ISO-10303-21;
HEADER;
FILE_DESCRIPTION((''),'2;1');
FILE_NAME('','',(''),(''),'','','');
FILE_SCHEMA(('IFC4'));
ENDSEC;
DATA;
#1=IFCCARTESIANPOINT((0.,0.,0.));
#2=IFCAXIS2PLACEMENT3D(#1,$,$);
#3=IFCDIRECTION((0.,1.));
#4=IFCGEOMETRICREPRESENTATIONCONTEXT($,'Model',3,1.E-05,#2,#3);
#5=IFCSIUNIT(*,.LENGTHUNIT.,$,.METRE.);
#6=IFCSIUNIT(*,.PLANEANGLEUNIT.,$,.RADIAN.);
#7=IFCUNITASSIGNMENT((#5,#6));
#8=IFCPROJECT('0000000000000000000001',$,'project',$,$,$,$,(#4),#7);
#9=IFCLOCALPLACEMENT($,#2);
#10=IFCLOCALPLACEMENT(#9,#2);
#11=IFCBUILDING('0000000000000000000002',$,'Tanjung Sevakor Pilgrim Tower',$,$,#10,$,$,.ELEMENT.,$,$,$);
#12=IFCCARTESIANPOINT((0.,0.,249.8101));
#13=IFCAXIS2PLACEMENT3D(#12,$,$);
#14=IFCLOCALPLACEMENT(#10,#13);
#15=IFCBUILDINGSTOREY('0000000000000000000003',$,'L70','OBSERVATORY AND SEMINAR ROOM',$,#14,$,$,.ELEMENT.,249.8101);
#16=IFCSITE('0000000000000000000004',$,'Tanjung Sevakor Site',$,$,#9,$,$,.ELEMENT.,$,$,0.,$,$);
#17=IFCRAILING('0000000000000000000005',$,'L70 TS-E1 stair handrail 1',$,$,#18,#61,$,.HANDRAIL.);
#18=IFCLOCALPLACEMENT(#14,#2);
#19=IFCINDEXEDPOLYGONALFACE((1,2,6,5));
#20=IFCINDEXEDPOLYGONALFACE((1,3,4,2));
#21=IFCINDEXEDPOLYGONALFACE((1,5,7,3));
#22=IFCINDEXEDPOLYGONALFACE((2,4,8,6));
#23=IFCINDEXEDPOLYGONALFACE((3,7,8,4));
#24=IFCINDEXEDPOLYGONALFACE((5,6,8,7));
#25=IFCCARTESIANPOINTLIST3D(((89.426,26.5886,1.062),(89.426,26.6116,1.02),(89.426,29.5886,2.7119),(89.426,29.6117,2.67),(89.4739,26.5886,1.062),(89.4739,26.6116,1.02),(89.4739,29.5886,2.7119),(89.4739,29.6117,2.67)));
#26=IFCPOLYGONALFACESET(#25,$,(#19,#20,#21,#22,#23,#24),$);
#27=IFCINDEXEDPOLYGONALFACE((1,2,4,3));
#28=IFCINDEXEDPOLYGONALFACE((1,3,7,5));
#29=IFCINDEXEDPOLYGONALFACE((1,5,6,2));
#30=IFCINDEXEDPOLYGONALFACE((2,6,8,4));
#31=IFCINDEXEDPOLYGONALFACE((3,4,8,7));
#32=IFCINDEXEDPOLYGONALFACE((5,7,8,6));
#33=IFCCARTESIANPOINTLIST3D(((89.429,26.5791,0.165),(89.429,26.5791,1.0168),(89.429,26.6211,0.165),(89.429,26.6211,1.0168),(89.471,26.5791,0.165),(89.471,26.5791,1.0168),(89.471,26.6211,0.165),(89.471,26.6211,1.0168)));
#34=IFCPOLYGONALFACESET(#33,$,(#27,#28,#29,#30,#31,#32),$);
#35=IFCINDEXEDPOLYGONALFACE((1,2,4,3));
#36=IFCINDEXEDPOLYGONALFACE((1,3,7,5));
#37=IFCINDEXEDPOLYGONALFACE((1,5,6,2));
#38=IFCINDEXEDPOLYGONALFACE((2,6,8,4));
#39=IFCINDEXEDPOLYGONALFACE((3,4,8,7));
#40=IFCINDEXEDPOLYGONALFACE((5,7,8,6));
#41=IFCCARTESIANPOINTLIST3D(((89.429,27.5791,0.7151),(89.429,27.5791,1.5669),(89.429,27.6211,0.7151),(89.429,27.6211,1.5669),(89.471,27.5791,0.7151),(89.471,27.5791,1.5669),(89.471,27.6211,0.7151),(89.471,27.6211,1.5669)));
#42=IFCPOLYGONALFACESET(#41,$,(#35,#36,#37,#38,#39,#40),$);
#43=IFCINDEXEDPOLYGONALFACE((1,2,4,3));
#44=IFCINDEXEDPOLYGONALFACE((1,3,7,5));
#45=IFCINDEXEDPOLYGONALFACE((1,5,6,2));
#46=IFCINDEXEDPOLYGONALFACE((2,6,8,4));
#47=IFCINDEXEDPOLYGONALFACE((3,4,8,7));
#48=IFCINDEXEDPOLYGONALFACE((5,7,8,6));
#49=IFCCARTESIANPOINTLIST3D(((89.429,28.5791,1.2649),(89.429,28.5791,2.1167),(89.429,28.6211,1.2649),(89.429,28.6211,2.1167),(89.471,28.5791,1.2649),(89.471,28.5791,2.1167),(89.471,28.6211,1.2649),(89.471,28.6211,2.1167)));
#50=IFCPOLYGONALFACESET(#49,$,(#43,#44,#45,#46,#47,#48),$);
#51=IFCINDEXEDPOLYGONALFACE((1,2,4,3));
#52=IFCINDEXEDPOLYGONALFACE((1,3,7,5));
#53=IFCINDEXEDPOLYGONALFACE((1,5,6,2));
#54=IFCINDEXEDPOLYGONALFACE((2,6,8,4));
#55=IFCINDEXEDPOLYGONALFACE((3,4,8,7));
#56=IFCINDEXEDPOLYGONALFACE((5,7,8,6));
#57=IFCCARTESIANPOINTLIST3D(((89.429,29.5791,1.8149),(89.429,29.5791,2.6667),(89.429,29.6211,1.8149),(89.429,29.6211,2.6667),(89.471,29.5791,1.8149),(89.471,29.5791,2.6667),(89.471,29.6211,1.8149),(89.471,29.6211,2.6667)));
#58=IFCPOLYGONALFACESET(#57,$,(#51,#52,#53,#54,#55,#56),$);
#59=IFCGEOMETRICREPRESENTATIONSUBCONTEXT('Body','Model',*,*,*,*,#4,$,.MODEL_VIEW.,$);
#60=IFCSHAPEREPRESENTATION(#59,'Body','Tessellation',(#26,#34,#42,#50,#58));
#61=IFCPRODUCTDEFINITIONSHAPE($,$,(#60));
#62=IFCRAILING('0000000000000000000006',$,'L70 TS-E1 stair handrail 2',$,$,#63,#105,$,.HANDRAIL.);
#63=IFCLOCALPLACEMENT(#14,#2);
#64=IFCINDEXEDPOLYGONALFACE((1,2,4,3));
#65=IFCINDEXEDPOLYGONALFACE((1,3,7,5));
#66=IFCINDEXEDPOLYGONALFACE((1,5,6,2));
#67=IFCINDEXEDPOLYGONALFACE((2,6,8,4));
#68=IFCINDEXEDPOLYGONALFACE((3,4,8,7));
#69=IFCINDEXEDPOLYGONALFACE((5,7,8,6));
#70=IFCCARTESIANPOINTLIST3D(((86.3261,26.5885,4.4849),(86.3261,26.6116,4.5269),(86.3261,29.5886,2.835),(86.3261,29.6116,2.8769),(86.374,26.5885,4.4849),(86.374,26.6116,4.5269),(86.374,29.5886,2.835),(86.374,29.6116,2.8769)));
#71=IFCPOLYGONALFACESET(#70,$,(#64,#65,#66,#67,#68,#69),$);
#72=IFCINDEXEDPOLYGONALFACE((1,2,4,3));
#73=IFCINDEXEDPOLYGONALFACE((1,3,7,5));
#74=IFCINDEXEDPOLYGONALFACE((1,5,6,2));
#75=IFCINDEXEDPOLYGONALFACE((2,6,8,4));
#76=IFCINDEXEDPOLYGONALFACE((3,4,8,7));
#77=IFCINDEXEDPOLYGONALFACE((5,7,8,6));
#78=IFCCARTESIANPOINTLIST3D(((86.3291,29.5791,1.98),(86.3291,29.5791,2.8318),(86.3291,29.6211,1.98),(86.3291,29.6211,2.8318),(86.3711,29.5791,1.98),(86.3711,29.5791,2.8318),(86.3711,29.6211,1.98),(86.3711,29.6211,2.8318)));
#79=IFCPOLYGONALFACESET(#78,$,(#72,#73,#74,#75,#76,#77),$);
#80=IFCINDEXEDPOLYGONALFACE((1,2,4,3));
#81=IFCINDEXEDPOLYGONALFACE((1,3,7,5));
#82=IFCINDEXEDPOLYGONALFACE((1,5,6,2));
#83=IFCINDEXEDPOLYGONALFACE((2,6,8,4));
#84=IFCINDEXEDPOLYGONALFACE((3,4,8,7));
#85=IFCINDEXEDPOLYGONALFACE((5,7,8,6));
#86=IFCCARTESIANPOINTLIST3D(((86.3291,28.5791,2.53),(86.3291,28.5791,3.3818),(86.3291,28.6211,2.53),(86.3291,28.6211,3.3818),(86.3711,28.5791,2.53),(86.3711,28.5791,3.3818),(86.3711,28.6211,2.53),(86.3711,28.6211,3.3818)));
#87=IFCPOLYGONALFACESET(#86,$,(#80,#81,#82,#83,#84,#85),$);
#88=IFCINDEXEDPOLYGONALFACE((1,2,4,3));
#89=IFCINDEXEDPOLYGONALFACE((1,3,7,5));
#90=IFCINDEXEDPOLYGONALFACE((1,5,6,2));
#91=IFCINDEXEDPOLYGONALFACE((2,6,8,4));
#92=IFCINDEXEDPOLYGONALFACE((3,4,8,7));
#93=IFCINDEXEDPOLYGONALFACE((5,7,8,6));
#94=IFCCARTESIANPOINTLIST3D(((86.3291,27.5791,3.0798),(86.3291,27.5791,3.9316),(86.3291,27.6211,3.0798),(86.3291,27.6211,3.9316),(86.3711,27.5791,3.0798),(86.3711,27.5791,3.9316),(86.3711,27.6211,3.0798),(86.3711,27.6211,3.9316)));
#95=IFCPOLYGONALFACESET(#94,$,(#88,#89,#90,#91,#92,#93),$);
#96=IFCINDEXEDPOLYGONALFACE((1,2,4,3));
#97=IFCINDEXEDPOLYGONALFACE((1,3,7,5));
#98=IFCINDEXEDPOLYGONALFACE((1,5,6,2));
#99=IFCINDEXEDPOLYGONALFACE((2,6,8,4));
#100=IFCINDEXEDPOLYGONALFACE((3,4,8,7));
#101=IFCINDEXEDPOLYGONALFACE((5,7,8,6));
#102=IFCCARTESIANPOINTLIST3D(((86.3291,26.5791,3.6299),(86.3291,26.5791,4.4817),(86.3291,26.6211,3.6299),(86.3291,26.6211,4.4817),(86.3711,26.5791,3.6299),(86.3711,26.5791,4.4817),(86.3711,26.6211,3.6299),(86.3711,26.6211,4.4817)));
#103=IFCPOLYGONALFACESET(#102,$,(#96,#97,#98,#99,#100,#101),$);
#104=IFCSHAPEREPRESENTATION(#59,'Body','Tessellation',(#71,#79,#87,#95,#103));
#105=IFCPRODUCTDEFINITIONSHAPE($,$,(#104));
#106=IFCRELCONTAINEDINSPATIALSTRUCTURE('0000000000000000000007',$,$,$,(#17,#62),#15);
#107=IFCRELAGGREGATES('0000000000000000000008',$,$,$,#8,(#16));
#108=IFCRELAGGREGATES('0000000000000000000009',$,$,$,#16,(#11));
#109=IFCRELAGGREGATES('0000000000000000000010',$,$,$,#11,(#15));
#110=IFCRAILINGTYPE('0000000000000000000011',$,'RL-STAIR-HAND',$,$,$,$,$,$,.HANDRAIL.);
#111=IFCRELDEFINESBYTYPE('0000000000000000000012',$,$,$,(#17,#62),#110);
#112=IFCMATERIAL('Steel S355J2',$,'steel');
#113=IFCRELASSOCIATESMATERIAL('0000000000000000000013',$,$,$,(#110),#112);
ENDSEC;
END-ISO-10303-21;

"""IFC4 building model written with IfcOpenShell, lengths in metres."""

from ifc_helpers import new_model, si_unit, direction, frame, origin, place, context, subcontext, project, spatial, rectangle, extrude, material, type_object, element, save


model = new_model("IFC4")

# Units and contexts
model_context = context("Model", 3, precision=1e-05, world=origin(), true_north=direction((0.0, 1.0)))
body_context = subcontext(model_context, "Body", "Model", "MODEL_VIEW")
ifc_project = project(units=[si_unit("LENGTHUNIT", "METRE"), si_unit("PLANEANGLEUNIT", "RADIAN")], contexts=[model_context])

# Site, building, storey
site_placement = place(None, origin())
site = spatial("IfcSite", under=ifc_project, at=site_placement, Name="Tanjung Sevakor Site", CompositionType="ELEMENT", RefElevation=0.0)
building_placement = place(site_placement, origin())
building = spatial("IfcBuilding", under=site, at=building_placement, Name="Tanjung Sevakor Pilgrim Tower", CompositionType="ELEMENT")
storey_placement = place(building_placement, frame((0.0, 0.0, 249.8101)))
storey = spatial("IfcBuildingStorey", under=building, at=storey_placement, Name="L70", Description="OBSERVATORY AND SEMINAR ROOM", CompositionType="ELEMENT", Elevation=249.8101)

# Railings
ifc_material_1 = material(Name="Steel S355J2", Category="steel")
railing_type_1 = type_object("IfcRailingType", Name="RL-STAIR-HAND", PredefinedType="HANDRAIL", material=ifc_material_1)
railing_1_placement = place(storey_placement, frame((89.45, 26.6001, 0.165)))
element("IfcRailing", 1, at=railing_1_placement, inside=storey, type_object=railing_type_1, Name="L70 TS-E1 stair handrail 1", PredefinedType="HANDRAIL", context=body_context, shape_type="SweptSolid", body=[
    extrude(rectangle(XDim=0.0479, YDim=0.0479), frame((0.0, 0.0, 0.876), z_axis=(0.0, 0.876228, 0.481897), x_axis=(-1.0, 0.0, 0.0)), (0.0, 0.0, 1.0), 3.4238),
    extrude(rectangle(XDim=0.042, YDim=0.042), origin(), (0.0, 0.0, 1.0), 0.8518),
    extrude(rectangle(XDim=0.042, YDim=0.042), frame((0.0, 1.0, 0.55)), (0.0, 0.0, 1.0), 0.8518),
    extrude(rectangle(XDim=0.042, YDim=0.042), frame((0.0, 2.0, 1.0999)), (0.0, 0.0, 1.0), 0.8518),
    extrude(rectangle(XDim=0.042, YDim=0.042), frame((0.0, 3.0, 1.6499)), (0.0, 0.0, 1.0), 0.8518),
])
railing_2_placement = place(storey_placement, frame((86.3501, 29.6001, 1.98)))
element("IfcRailing", 2, at=railing_2_placement, inside=storey, type_object=railing_type_1, Name="L70 TS-E1 stair handrail 2", PredefinedType="HANDRAIL", context=body_context, shape_type="SweptSolid", body=[
    extrude(rectangle(XDim=0.0479, YDim=0.0479), frame((0.0, 0.0, 0.876), z_axis=(0.0, -0.876228, 0.481897), x_axis=(1.0, 0.0, 0.0)), (0.0, 0.0, 1.0), 3.4238),
    extrude(rectangle(XDim=0.042, YDim=0.042), origin(), (0.0, 0.0, 1.0), 0.8518),
    extrude(rectangle(XDim=0.042, YDim=0.042), frame((0.0, -1.0, 0.55)), (0.0, 0.0, 1.0), 0.8518),
    extrude(rectangle(XDim=0.042, YDim=0.042), frame((0.0, -2.0, 1.0999)), (0.0, 0.0, 1.0), 0.8518),
    extrude(rectangle(XDim=0.042, YDim=0.042), frame((0.0, -3.0, 1.6499)), (0.0, 0.0, 1.0), 0.8518),
])

save(model, "model.ifc")
